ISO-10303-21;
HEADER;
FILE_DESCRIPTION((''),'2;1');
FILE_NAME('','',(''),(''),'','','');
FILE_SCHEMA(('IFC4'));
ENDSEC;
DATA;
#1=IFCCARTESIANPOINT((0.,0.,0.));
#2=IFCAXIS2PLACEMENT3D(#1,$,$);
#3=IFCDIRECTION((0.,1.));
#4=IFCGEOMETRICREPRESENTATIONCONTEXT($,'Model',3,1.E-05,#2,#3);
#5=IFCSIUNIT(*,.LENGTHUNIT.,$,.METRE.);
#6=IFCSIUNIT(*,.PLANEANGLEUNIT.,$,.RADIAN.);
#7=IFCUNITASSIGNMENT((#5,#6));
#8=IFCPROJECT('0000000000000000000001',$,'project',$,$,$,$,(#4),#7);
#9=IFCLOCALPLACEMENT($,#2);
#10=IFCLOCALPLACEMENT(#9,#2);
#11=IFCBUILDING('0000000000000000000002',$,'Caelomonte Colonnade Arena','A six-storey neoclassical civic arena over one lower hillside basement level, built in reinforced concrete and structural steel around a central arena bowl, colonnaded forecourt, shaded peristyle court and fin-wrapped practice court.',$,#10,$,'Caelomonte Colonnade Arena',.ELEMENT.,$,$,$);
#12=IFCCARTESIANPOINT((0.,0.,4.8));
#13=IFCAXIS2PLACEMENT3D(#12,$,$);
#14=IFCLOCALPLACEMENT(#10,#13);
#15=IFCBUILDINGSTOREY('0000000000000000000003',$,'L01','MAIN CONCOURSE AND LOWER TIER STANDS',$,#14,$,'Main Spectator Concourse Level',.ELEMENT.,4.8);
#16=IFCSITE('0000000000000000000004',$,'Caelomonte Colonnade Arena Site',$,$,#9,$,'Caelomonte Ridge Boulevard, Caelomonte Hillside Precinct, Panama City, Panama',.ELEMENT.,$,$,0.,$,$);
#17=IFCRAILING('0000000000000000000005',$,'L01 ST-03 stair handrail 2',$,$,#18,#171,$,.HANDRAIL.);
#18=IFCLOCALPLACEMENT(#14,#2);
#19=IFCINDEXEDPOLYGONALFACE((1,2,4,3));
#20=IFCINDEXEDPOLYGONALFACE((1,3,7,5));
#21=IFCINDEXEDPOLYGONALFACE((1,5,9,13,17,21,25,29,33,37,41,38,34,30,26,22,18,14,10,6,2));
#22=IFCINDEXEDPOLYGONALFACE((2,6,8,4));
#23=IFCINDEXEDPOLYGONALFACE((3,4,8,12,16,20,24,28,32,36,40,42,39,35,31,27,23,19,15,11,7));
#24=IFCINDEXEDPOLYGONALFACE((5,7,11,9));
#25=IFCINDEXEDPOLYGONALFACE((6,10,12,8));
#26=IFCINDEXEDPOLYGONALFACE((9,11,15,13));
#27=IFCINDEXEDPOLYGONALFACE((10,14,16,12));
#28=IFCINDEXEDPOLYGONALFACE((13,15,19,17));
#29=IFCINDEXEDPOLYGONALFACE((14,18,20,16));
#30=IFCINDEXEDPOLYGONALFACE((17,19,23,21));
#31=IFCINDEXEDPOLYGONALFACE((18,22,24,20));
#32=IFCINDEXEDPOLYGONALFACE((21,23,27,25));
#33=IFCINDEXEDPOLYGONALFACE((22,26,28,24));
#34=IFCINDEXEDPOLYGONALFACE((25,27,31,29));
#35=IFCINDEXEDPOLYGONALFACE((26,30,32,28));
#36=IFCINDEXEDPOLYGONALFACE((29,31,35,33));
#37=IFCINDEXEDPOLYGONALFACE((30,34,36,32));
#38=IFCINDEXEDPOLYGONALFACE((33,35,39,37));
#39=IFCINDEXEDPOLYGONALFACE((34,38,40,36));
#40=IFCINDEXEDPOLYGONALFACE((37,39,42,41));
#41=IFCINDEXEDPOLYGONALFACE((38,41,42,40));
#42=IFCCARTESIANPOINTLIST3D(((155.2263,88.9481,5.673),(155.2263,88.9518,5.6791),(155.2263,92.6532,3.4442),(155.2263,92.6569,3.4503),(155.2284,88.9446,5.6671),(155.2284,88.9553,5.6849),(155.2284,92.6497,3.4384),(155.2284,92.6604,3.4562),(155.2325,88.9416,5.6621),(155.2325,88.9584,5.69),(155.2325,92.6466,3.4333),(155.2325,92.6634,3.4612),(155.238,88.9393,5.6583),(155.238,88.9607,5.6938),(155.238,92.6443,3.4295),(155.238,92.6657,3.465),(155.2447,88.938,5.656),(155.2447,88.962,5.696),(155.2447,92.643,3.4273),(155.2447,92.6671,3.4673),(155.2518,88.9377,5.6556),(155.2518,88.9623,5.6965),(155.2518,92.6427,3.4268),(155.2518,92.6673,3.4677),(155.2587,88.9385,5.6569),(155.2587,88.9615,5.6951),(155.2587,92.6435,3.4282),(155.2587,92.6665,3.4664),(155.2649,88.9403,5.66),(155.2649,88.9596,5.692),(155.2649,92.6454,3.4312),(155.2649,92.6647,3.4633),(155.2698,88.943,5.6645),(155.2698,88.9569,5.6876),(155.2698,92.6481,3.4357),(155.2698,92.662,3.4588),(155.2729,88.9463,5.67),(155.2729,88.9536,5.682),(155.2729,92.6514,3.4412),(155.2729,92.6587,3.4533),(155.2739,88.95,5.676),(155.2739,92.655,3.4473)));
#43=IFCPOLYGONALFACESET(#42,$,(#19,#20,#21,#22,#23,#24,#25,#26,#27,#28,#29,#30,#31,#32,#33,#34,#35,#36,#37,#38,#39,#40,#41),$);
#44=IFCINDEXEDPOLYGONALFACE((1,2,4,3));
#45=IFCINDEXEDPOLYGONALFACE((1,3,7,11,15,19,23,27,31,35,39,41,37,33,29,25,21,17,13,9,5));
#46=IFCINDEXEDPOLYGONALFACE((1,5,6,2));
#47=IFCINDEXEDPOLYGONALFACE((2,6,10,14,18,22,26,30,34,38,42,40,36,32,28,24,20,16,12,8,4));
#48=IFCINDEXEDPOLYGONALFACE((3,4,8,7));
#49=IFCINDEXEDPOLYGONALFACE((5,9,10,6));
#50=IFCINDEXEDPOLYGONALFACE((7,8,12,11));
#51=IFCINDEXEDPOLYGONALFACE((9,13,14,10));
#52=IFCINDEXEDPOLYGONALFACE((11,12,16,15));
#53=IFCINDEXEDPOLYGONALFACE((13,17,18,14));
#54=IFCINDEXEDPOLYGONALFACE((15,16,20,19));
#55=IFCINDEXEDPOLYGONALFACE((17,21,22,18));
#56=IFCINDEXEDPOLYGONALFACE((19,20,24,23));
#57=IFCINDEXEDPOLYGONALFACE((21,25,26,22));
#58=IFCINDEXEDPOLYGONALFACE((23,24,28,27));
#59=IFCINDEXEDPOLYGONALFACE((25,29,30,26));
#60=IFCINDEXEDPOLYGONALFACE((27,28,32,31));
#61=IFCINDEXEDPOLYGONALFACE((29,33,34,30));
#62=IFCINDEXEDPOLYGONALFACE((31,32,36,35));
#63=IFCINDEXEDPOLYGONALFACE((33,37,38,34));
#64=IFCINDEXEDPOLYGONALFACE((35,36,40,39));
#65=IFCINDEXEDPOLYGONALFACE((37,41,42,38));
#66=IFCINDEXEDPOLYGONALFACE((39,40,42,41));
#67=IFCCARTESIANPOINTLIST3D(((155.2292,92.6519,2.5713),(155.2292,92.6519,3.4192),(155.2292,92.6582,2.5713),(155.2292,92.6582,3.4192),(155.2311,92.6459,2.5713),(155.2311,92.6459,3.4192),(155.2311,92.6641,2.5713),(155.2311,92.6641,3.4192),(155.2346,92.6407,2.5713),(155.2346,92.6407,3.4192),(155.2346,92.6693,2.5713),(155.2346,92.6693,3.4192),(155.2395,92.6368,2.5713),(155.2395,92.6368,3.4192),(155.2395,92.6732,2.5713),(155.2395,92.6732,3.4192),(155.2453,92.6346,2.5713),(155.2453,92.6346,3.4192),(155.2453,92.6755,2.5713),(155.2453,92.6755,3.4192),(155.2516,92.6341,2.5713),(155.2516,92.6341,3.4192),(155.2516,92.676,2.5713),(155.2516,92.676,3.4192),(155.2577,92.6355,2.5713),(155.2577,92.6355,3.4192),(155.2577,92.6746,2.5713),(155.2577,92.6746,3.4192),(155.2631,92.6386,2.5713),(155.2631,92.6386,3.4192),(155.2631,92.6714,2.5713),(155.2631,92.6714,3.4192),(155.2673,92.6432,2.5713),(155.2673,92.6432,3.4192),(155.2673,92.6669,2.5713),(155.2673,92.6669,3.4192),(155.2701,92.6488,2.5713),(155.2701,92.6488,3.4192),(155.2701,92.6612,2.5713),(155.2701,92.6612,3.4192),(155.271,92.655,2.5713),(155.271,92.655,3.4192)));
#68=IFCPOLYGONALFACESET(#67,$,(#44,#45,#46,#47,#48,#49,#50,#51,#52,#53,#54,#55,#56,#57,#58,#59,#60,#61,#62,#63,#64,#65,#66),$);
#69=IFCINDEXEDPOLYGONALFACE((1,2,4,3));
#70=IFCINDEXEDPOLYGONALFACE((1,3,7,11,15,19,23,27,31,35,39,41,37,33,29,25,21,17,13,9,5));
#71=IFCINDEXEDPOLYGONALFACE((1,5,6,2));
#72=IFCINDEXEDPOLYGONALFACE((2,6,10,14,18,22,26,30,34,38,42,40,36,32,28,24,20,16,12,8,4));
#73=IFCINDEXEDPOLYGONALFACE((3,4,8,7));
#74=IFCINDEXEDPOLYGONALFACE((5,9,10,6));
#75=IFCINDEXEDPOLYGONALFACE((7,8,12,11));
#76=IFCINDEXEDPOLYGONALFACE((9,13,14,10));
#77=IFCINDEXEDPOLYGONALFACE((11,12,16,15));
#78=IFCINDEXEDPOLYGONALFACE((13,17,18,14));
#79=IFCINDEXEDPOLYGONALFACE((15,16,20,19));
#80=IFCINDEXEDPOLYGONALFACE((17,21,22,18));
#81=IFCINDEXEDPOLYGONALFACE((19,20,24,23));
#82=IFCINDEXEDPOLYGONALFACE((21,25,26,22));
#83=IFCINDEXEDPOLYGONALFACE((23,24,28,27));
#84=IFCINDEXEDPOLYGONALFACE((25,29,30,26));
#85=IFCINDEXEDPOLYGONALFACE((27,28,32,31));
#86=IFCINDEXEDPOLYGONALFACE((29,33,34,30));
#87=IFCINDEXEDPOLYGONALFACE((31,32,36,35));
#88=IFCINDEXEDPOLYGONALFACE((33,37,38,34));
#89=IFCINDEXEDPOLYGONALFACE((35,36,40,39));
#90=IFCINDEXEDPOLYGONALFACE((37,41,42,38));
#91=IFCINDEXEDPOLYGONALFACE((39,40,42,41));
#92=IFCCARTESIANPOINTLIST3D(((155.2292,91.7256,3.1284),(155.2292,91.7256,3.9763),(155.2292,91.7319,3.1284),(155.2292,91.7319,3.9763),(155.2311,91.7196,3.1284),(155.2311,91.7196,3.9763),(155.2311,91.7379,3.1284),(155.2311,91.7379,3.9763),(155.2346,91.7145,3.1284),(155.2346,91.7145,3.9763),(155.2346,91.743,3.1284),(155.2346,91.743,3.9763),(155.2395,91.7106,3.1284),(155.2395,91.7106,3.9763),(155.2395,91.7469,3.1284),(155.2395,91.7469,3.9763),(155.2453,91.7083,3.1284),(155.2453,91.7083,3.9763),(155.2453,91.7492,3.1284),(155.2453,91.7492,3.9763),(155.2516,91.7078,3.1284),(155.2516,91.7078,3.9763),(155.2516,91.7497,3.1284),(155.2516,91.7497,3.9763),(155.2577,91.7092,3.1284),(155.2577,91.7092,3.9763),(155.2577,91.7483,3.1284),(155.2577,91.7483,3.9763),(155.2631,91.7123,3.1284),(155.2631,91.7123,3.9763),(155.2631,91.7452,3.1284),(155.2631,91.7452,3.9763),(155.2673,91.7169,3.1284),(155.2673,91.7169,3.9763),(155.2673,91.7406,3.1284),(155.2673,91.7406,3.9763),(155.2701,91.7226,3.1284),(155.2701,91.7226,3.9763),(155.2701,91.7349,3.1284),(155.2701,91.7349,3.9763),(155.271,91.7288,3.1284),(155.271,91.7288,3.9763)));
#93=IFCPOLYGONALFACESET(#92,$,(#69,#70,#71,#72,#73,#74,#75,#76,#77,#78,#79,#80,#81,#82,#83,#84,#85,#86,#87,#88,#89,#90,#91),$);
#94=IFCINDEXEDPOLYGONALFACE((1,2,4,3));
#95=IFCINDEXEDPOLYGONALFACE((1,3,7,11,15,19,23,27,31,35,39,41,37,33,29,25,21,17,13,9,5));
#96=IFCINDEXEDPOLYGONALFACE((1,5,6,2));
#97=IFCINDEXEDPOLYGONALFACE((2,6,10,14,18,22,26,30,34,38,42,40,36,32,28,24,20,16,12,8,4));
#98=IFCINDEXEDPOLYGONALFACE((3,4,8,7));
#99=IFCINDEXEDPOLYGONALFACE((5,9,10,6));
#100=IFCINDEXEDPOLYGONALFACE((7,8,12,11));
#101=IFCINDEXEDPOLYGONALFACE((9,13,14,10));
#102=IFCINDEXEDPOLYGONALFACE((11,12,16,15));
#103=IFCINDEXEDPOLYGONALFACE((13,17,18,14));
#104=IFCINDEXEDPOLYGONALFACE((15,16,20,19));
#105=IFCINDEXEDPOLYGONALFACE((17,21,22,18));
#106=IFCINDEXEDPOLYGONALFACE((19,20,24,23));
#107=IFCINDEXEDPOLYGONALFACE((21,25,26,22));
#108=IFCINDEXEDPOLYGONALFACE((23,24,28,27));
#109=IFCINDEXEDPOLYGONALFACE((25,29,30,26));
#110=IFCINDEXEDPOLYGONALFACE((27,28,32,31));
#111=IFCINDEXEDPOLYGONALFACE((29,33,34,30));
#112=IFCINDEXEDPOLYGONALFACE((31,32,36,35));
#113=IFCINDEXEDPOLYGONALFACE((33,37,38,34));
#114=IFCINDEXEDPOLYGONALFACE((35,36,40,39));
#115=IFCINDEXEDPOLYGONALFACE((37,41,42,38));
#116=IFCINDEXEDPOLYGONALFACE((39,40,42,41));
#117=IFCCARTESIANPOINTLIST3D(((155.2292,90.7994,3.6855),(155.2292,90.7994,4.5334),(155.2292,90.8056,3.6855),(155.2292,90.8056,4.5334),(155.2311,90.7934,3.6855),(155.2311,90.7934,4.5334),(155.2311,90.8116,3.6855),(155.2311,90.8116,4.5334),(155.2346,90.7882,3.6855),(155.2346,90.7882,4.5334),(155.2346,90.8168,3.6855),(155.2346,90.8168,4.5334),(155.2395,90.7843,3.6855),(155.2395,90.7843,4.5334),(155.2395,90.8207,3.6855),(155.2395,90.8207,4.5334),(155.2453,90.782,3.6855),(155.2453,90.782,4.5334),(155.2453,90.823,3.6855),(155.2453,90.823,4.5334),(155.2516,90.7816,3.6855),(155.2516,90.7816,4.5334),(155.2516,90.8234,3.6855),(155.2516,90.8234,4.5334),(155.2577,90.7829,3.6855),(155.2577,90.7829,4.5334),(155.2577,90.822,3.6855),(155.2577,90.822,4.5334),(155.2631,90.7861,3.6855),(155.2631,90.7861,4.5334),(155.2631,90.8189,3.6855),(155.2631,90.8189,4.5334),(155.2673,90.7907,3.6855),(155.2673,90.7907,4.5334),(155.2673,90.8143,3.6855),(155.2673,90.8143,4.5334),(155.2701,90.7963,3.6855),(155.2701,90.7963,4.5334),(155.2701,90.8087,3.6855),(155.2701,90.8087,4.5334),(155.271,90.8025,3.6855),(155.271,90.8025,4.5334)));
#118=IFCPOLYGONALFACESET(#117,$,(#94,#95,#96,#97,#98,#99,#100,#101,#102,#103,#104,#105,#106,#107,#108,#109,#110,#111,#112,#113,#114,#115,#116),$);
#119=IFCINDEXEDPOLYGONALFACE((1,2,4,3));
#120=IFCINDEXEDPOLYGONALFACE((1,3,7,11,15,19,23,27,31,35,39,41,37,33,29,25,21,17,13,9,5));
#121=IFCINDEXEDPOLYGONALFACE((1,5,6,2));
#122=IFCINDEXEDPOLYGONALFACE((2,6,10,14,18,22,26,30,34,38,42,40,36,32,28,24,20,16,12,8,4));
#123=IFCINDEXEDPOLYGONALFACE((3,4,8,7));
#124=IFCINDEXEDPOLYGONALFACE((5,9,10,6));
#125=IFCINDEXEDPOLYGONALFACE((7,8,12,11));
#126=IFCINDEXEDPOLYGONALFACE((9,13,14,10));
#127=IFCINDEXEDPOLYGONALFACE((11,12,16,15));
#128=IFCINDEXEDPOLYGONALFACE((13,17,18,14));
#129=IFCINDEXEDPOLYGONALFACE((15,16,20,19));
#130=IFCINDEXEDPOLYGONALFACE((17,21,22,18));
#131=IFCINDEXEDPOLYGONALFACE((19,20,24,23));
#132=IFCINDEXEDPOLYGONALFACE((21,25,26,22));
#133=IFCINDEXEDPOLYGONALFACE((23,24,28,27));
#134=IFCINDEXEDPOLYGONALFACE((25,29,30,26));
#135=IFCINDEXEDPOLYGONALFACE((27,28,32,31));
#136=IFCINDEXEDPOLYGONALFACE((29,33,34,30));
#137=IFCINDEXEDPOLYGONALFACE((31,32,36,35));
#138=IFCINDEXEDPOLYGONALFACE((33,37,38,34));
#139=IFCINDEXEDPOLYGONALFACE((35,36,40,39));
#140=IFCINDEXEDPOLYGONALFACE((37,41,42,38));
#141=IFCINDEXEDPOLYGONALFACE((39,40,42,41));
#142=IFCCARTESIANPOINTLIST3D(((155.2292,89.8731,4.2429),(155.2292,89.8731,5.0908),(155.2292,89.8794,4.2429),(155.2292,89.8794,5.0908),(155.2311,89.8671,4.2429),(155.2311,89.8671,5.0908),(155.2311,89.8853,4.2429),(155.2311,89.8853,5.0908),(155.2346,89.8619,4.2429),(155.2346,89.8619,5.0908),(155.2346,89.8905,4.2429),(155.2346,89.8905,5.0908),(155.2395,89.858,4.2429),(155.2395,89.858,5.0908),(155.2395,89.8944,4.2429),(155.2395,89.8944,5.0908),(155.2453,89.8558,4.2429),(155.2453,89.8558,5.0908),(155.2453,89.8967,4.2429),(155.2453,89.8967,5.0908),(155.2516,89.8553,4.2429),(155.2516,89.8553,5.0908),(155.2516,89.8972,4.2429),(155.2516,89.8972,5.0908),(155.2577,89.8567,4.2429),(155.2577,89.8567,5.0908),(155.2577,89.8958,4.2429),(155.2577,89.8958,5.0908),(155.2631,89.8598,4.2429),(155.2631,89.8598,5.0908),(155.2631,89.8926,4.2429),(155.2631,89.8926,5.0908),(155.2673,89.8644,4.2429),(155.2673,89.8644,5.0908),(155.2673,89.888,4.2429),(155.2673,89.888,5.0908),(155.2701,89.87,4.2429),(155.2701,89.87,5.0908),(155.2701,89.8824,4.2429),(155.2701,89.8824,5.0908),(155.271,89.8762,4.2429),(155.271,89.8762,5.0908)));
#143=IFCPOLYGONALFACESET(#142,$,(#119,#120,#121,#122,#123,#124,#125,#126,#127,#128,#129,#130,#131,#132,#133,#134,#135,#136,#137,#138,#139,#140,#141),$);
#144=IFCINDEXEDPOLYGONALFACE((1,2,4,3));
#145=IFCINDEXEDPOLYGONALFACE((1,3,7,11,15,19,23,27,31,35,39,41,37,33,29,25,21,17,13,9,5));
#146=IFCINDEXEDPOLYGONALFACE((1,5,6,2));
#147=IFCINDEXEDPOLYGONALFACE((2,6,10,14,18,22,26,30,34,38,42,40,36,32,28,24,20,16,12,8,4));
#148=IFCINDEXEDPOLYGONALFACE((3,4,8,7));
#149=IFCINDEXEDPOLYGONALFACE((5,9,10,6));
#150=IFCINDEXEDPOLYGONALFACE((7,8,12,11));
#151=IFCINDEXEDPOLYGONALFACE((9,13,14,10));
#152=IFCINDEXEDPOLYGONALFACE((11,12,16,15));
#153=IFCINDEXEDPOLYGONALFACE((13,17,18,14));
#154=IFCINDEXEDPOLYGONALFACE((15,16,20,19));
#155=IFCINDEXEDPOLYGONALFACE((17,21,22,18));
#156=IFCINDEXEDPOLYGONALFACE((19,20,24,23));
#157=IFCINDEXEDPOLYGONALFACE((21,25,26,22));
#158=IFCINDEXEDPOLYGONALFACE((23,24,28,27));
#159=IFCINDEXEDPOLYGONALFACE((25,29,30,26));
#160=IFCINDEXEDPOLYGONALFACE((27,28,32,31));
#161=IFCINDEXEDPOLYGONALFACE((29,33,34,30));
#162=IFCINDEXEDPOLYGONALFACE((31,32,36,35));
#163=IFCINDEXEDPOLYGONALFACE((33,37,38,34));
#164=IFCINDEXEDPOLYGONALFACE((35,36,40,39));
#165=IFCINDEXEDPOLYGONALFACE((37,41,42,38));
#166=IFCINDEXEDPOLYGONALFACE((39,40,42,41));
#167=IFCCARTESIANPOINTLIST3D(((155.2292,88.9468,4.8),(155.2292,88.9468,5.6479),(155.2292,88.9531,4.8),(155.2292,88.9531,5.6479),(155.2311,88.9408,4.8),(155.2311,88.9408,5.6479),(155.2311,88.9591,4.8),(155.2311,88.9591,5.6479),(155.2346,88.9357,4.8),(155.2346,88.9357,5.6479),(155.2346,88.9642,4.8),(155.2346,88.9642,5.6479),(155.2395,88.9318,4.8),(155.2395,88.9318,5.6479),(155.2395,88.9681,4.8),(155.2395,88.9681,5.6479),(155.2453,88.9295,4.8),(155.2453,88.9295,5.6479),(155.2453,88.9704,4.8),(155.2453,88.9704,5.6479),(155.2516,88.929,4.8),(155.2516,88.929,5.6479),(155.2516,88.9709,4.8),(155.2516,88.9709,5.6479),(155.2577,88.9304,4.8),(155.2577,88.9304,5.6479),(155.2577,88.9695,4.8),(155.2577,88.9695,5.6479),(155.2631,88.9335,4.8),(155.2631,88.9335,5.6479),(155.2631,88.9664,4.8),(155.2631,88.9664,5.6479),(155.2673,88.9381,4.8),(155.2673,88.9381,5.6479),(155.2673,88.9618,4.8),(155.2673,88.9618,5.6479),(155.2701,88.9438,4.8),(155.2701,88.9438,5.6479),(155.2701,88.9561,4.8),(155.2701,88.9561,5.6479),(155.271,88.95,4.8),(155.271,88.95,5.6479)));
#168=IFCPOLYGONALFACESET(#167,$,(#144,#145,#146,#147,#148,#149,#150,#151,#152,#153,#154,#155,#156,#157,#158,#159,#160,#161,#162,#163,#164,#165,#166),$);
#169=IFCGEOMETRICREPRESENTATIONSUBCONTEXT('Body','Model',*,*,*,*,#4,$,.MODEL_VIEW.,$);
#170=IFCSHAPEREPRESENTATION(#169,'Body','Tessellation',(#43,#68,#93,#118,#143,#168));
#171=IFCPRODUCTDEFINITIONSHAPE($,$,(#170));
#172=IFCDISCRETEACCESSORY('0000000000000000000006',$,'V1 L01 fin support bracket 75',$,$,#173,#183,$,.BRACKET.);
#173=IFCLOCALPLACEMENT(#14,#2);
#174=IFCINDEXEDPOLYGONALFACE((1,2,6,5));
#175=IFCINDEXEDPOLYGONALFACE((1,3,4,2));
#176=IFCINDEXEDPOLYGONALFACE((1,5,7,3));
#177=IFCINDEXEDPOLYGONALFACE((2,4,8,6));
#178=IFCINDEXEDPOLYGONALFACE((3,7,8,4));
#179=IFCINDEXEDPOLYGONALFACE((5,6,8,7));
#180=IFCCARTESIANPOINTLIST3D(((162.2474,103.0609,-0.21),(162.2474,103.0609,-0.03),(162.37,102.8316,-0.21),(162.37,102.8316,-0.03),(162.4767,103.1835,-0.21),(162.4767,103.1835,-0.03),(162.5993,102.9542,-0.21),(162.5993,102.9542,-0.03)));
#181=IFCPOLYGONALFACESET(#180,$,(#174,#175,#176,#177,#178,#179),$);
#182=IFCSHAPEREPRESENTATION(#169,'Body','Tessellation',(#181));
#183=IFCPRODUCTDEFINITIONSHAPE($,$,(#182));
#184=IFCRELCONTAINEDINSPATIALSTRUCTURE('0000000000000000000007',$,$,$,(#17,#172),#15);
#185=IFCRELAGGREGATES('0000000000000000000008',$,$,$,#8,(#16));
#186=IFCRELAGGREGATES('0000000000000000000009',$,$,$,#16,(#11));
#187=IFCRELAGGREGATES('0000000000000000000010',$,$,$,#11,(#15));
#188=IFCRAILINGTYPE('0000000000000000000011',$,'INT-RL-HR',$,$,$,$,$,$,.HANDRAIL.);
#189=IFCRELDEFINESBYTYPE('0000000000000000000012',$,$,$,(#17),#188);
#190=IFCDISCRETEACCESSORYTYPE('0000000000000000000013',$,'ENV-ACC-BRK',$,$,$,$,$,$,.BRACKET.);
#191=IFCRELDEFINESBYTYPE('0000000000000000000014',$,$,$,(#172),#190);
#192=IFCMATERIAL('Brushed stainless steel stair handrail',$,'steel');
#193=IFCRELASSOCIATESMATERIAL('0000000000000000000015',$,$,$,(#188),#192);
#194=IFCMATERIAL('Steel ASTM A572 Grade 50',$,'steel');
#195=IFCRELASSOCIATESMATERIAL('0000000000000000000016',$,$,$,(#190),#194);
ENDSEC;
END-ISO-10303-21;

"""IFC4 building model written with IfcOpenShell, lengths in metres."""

from ifc_helpers import new_model, si_unit, direction, frame, origin, origin_2d, place, context, subcontext, project, spatial, rectangle, circle, extrude, material, type_object, element, save


model = new_model("IFC4")

# Units and contexts
model_context = context("Model", 3, precision=1e-05, world=origin(), true_north=direction((0.0, 1.0)))
body_context = subcontext(model_context, "Body", "Model", "MODEL_VIEW")
ifc_project = project(units=[si_unit("LENGTHUNIT", "METRE"), si_unit("PLANEANGLEUNIT", "RADIAN")], contexts=[model_context])

# Site, building, storey
site_placement = place(None, origin())
site = spatial("IfcSite", under=ifc_project, at=site_placement, Name="Caelomonte Colonnade Arena Site", LongName="Caelomonte Ridge Boulevard, Caelomonte Hillside Precinct, Panama City, Panama", CompositionType="ELEMENT", RefElevation=0.0)
building_placement = place(site_placement, origin())
building = spatial("IfcBuilding", under=site, at=building_placement, Name="Caelomonte Colonnade Arena", Description="A six-storey neoclassical civic arena over one lower hillside basement level, built in reinforced concrete and structural steel around a central arena bowl, colonnaded forecourt, shaded peristyle court and fin-wrapped practice court.", LongName="Caelomonte Colonnade Arena", CompositionType="ELEMENT")
storey_placement = place(building_placement, frame((0.0, 0.0, 4.8)))
storey = spatial("IfcBuildingStorey", under=building, at=storey_placement, Name="L01", Description="MAIN CONCOURSE AND LOWER TIER STANDS", LongName="Main Spectator Concourse Level", CompositionType="ELEMENT", Elevation=4.8)

# Railing
ifc_material_1 = material(Name="Brushed stainless steel stair handrail", Category="steel")
railing_type_1 = type_object("IfcRailingType", Name="INT-RL-HR", PredefinedType="HANDRAIL", material=ifc_material_1)
railing_1_placement = place(storey_placement, frame((155.25, 92.655, 2.5713)))
element("IfcRailing", 1, at=railing_1_placement, inside=storey, type_object=railing_type_1, Name="L01 ST-03 stair handrail 2", PredefinedType="HANDRAIL", context=body_context, shape_type="SweptSolid", body=[
    extrude(circle(Radius=0.0239, at=origin_2d()), frame((0.0, 0.0, 0.876), z_axis=(0.0, -0.856909, 0.515467), x_axis=(1.0, 0.0, 0.0)), (0.0, 0.0, 1.0), 4.3237),
    extrude(circle(Radius=0.021, at=origin_2d()), origin(), (0.0, 0.0, 1.0), 0.8479),
    extrude(circle(Radius=0.021, at=origin_2d()), frame((0.0, -0.9263, 0.5571)), (0.0, 0.0, 1.0), 0.8479),
    extrude(circle(Radius=0.021, at=origin_2d()), frame((0.0, -1.8525, 1.1143)), (0.0, 0.0, 1.0), 0.8479),
    extrude(circle(Radius=0.021, at=origin_2d()), frame((0.0, -2.7788, 1.6716)), (0.0, 0.0, 1.0), 0.8479),
    extrude(circle(Radius=0.021, at=origin_2d()), frame((0.0, -3.7051, 2.2288)), (0.0, 0.0, 1.0), 0.8479),
])

# Discrete accessory
ifc_material_2 = material(Name="Steel ASTM A572 Grade 50", Category="steel")
discrete_accessory_type = type_object("IfcDiscreteAccessoryType", Name="ENV-ACC-BRK", PredefinedType="BRACKET", material=ifc_material_2)
discrete_accessory_placement = place(storey_placement, frame((162.4233, 103.0076, -0.21), z_axis=(0.0, 0.0, 1.0), x_axis=(-0.471397, 0.881921, 0.0)))
element("IfcDiscreteAccessory", 2, at=discrete_accessory_placement, inside=storey, type_object=discrete_accessory_type, Name="V1 L01 fin support bracket 75", PredefinedType="BRACKET", context=body_context, shape_type="SweptSolid", body=[
    extrude(rectangle(XDim=0.26, YDim=0.26, at=origin_2d()), origin(), (0.0, 0.0, 1.0), 0.1799),
])

save(model, "model.ifc")
